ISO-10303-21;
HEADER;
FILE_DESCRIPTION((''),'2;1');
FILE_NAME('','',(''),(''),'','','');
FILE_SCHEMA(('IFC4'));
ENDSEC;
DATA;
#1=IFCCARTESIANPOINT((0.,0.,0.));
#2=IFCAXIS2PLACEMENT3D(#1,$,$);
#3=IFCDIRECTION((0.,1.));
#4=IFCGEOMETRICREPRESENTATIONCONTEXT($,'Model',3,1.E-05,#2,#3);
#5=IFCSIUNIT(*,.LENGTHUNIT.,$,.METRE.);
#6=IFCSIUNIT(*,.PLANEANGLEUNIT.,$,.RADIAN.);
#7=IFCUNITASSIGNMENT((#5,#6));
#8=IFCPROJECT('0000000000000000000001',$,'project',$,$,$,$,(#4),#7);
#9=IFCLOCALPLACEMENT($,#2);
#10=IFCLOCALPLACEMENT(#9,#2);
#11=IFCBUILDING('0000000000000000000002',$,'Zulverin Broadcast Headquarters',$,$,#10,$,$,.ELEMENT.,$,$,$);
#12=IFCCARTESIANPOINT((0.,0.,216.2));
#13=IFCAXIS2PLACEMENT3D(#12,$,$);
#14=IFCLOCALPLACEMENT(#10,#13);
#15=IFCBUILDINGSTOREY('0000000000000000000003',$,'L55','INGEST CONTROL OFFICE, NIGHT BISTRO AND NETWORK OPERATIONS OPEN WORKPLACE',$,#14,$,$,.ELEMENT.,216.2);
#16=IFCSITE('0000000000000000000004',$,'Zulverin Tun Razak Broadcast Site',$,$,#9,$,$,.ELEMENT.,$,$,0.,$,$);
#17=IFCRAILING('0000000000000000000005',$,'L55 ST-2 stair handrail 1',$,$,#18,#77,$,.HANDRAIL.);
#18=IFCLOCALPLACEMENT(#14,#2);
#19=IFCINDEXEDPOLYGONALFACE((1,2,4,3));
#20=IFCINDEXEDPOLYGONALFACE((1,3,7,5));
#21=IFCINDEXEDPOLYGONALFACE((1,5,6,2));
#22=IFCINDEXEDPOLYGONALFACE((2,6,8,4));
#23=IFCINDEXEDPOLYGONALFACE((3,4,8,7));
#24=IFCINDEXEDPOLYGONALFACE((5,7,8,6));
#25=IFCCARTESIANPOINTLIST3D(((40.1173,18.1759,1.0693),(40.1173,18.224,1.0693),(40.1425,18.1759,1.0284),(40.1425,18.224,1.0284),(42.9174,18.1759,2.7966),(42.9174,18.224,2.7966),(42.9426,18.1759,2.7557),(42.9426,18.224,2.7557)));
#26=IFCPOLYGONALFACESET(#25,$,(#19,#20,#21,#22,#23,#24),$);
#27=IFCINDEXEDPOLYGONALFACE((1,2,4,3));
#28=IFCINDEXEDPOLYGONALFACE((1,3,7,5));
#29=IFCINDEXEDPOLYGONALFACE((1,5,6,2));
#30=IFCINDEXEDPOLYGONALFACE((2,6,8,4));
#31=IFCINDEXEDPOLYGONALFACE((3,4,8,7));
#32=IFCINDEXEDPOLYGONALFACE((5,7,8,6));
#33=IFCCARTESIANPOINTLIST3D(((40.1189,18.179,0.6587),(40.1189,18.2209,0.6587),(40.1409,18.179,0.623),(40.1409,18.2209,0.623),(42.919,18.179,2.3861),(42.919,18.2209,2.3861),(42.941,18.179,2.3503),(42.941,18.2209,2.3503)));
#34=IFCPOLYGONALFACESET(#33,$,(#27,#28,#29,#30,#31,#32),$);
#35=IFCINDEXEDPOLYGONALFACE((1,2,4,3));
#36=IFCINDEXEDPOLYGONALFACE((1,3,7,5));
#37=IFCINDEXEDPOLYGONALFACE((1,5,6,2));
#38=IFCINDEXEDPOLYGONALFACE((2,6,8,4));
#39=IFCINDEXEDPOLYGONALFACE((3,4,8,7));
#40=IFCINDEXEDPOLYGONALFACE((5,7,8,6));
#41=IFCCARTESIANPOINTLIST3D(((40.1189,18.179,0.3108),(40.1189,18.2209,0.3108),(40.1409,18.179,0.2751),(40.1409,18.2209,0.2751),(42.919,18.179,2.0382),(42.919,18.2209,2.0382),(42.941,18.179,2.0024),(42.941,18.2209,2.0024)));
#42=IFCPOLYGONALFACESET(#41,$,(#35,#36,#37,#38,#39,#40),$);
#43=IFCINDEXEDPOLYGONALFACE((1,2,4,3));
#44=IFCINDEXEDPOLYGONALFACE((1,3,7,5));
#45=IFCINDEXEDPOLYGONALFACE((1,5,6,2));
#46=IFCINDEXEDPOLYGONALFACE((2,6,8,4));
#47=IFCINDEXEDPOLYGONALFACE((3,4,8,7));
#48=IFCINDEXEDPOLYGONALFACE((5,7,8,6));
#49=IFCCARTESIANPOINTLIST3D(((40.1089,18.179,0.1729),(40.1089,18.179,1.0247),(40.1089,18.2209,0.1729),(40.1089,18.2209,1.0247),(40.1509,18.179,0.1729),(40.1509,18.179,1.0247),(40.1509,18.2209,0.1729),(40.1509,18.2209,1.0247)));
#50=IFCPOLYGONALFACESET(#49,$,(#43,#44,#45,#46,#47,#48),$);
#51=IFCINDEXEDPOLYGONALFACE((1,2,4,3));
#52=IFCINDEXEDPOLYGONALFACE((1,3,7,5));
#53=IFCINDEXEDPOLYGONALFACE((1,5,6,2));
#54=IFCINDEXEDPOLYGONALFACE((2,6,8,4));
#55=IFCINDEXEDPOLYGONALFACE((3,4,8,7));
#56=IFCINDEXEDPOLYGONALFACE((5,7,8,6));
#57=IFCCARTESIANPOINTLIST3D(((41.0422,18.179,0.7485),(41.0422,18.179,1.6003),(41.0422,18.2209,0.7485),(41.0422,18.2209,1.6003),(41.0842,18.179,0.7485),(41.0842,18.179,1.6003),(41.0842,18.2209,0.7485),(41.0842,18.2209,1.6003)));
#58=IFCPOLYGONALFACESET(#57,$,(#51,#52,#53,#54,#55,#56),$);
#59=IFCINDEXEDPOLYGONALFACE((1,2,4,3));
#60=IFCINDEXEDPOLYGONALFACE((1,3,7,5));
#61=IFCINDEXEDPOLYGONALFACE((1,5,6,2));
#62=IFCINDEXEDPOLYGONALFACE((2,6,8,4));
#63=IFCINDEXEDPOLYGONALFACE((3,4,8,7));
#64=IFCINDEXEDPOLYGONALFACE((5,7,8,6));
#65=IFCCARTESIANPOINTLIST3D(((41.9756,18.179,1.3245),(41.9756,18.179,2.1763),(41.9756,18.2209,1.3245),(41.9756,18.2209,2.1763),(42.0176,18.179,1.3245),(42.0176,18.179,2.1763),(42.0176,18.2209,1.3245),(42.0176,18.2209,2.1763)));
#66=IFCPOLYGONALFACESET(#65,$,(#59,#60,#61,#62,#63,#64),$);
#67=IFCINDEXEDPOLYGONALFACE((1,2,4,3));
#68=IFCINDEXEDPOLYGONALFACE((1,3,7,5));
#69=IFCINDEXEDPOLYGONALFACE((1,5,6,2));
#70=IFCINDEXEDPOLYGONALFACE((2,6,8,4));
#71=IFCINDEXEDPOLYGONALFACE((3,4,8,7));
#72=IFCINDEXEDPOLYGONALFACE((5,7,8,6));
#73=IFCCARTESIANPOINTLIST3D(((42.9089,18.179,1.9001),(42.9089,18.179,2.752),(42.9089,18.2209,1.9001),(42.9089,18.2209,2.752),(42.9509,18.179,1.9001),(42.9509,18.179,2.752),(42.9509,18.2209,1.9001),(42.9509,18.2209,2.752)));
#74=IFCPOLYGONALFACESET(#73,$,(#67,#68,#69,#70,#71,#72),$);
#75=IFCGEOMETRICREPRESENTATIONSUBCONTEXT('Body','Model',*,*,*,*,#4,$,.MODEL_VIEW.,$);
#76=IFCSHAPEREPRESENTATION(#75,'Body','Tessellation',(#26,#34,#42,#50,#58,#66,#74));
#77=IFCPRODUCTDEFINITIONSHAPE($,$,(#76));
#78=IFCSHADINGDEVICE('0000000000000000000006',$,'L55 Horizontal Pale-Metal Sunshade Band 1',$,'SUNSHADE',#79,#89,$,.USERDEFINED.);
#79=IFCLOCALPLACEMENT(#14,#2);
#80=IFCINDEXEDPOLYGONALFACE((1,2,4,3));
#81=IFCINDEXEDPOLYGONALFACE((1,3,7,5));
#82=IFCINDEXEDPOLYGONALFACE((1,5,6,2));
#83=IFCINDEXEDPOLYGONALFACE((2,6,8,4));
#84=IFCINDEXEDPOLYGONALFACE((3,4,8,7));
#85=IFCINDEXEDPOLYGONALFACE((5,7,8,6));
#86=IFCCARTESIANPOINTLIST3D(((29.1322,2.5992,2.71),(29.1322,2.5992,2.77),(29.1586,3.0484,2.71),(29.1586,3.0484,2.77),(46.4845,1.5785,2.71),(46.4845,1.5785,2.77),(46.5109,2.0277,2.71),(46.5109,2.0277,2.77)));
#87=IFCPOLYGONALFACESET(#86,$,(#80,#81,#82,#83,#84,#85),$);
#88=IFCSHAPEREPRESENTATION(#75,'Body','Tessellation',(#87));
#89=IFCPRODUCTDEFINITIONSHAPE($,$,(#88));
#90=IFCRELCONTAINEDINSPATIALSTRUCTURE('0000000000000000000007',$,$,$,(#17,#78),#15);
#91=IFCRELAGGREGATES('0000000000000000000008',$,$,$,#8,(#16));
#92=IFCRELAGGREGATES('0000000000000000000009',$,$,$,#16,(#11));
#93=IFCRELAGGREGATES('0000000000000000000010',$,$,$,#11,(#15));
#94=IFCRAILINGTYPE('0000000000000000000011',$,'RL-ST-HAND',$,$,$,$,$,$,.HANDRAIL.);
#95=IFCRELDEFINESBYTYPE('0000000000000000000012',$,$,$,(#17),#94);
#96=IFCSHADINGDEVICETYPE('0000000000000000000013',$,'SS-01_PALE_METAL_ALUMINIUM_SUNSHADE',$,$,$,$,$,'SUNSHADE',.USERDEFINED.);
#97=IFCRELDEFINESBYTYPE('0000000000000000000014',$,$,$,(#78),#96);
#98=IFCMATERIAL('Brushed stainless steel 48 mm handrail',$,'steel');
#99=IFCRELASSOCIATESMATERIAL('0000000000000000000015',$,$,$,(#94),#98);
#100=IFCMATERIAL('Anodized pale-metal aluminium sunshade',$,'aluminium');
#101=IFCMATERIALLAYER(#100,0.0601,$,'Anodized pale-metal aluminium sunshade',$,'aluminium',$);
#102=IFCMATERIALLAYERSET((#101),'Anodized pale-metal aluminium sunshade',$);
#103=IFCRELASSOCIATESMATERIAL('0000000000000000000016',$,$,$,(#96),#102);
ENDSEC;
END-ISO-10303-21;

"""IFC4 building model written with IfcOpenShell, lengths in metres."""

from ifc_helpers import new_model, si_unit, direction, frame, origin, origin_2d, place, context, subcontext, project, spatial, rectangle, extrude, material, layer, layer_set, type_object, element, save


model = new_model("IFC4")

# Units and contexts
model_context = context("Model", 3, precision=1e-05, world=origin(), true_north=direction((0.0, 1.0)))
body_context = subcontext(model_context, "Body", "Model", "MODEL_VIEW")
ifc_project = project(units=[si_unit("LENGTHUNIT", "METRE"), si_unit("PLANEANGLEUNIT", "RADIAN")], contexts=[model_context])

# Site, building, storey
site_placement = place(None, origin())
site = spatial("IfcSite", under=ifc_project, at=site_placement, Name="Zulverin Tun Razak Broadcast Site", CompositionType="ELEMENT", RefElevation=0.0)
building_placement = place(site_placement, origin())
building = spatial("IfcBuilding", under=site, at=building_placement, Name="Zulverin Broadcast Headquarters", CompositionType="ELEMENT")
storey_placement = place(building_placement, frame((0.0, 0.0, 216.2)))
storey = spatial("IfcBuildingStorey", under=building, at=storey_placement, Name="L55", Description="INGEST CONTROL OFFICE, NIGHT BISTRO AND NETWORK OPERATIONS OPEN WORKPLACE", CompositionType="ELEMENT", Elevation=216.2)

# Railing
ifc_material_1 = material(Name="Brushed stainless steel 48 mm handrail", Category="steel")
railing_type_1 = type_object("IfcRailingType", Name="RL-ST-HAND", PredefinedType="HANDRAIL", material=ifc_material_1)
railing_1_placement = place(storey_placement, frame((40.1299, 18.2, 0.1729)))
element("IfcRailing", 1, at=railing_1_placement, inside=storey, type_object=railing_type_1, Name="L55 ST-2 stair handrail 1", PredefinedType="HANDRAIL", context=body_context, shape_type="SweptSolid", body=[
    extrude(rectangle(XDim=0.0481, YDim=0.0481, at=origin_2d()), frame((0.0, 0.0, 0.876), z_axis=(0.85109, 0.0, 0.52502), x_axis=(0.0, 1.0, 0.0)), (0.0, 0.0, 1.0), 3.29),
    extrude(rectangle(XDim=0.042, YDim=0.042, at=origin_2d()), frame((0.0, 0.0, 0.468), z_axis=(0.85109, 0.0, 0.52502), x_axis=(0.0, 1.0, 0.0)), (0.0, 0.0, 1.0), 3.29),
    extrude(rectangle(XDim=0.042, YDim=0.042, at=origin_2d()), frame((0.0, 0.0, 0.1201), z_axis=(0.85109, 0.0, 0.52502), x_axis=(0.0, 1.0, 0.0)), (0.0, 0.0, 1.0), 3.29),
    extrude(rectangle(XDim=0.042, YDim=0.042, at=origin_2d()), origin(), (0.0, 0.0, 1.0), 0.8518),
    extrude(rectangle(XDim=0.042, YDim=0.042, at=origin_2d()), frame((0.9333, 0.0, 0.5757)), (0.0, 0.0, 1.0), 0.8518),
    extrude(rectangle(XDim=0.042, YDim=0.042, at=origin_2d()), frame((1.8667, 0.0, 1.1516)), (0.0, 0.0, 1.0), 0.8518),
    extrude(rectangle(XDim=0.042, YDim=0.042, at=origin_2d()), frame((2.8, 0.0, 1.7273)), (0.0, 0.0, 1.0), 0.8518),
])

# Shading device
ifc_material_2 = material(Name="Anodized pale-metal aluminium sunshade", Category="aluminium")
ifc_layer_1 = layer(ifc_material_2, 0.0601, Name="Anodized pale-metal aluminium sunshade", Category="aluminium")
ifc_layer_set_1 = layer_set([ifc_layer_1], Name="Anodized pale-metal aluminium sunshade")
shading_device_type = type_object("IfcShadingDeviceType", Name="SS-01_PALE_METAL_ALUMINIUM_SUNSHADE", ElementType="SUNSHADE", PredefinedType="USERDEFINED", material=ifc_layer_set_1)
shading_device_placement = place(storey_placement, frame((37.8215, 2.3135, 2.71), z_axis=(0.0, 0.0, 1.0), x_axis=(0.998274, -0.058721, 0.0)))
element("IfcShadingDevice", 2, at=shading_device_placement, inside=storey, type_object=shading_device_type, Name="L55 Horizontal Pale-Metal Sunshade Band 1", ObjectType="SUNSHADE", PredefinedType="USERDEFINED", context=body_context, shape_type="SweptSolid", body=[
    extrude(rectangle(XDim=17.3823, YDim=0.45, at=origin_2d()), origin(), (0.0, 0.0, 1.0), 0.0601),
])

save(model, "model.ifc")
